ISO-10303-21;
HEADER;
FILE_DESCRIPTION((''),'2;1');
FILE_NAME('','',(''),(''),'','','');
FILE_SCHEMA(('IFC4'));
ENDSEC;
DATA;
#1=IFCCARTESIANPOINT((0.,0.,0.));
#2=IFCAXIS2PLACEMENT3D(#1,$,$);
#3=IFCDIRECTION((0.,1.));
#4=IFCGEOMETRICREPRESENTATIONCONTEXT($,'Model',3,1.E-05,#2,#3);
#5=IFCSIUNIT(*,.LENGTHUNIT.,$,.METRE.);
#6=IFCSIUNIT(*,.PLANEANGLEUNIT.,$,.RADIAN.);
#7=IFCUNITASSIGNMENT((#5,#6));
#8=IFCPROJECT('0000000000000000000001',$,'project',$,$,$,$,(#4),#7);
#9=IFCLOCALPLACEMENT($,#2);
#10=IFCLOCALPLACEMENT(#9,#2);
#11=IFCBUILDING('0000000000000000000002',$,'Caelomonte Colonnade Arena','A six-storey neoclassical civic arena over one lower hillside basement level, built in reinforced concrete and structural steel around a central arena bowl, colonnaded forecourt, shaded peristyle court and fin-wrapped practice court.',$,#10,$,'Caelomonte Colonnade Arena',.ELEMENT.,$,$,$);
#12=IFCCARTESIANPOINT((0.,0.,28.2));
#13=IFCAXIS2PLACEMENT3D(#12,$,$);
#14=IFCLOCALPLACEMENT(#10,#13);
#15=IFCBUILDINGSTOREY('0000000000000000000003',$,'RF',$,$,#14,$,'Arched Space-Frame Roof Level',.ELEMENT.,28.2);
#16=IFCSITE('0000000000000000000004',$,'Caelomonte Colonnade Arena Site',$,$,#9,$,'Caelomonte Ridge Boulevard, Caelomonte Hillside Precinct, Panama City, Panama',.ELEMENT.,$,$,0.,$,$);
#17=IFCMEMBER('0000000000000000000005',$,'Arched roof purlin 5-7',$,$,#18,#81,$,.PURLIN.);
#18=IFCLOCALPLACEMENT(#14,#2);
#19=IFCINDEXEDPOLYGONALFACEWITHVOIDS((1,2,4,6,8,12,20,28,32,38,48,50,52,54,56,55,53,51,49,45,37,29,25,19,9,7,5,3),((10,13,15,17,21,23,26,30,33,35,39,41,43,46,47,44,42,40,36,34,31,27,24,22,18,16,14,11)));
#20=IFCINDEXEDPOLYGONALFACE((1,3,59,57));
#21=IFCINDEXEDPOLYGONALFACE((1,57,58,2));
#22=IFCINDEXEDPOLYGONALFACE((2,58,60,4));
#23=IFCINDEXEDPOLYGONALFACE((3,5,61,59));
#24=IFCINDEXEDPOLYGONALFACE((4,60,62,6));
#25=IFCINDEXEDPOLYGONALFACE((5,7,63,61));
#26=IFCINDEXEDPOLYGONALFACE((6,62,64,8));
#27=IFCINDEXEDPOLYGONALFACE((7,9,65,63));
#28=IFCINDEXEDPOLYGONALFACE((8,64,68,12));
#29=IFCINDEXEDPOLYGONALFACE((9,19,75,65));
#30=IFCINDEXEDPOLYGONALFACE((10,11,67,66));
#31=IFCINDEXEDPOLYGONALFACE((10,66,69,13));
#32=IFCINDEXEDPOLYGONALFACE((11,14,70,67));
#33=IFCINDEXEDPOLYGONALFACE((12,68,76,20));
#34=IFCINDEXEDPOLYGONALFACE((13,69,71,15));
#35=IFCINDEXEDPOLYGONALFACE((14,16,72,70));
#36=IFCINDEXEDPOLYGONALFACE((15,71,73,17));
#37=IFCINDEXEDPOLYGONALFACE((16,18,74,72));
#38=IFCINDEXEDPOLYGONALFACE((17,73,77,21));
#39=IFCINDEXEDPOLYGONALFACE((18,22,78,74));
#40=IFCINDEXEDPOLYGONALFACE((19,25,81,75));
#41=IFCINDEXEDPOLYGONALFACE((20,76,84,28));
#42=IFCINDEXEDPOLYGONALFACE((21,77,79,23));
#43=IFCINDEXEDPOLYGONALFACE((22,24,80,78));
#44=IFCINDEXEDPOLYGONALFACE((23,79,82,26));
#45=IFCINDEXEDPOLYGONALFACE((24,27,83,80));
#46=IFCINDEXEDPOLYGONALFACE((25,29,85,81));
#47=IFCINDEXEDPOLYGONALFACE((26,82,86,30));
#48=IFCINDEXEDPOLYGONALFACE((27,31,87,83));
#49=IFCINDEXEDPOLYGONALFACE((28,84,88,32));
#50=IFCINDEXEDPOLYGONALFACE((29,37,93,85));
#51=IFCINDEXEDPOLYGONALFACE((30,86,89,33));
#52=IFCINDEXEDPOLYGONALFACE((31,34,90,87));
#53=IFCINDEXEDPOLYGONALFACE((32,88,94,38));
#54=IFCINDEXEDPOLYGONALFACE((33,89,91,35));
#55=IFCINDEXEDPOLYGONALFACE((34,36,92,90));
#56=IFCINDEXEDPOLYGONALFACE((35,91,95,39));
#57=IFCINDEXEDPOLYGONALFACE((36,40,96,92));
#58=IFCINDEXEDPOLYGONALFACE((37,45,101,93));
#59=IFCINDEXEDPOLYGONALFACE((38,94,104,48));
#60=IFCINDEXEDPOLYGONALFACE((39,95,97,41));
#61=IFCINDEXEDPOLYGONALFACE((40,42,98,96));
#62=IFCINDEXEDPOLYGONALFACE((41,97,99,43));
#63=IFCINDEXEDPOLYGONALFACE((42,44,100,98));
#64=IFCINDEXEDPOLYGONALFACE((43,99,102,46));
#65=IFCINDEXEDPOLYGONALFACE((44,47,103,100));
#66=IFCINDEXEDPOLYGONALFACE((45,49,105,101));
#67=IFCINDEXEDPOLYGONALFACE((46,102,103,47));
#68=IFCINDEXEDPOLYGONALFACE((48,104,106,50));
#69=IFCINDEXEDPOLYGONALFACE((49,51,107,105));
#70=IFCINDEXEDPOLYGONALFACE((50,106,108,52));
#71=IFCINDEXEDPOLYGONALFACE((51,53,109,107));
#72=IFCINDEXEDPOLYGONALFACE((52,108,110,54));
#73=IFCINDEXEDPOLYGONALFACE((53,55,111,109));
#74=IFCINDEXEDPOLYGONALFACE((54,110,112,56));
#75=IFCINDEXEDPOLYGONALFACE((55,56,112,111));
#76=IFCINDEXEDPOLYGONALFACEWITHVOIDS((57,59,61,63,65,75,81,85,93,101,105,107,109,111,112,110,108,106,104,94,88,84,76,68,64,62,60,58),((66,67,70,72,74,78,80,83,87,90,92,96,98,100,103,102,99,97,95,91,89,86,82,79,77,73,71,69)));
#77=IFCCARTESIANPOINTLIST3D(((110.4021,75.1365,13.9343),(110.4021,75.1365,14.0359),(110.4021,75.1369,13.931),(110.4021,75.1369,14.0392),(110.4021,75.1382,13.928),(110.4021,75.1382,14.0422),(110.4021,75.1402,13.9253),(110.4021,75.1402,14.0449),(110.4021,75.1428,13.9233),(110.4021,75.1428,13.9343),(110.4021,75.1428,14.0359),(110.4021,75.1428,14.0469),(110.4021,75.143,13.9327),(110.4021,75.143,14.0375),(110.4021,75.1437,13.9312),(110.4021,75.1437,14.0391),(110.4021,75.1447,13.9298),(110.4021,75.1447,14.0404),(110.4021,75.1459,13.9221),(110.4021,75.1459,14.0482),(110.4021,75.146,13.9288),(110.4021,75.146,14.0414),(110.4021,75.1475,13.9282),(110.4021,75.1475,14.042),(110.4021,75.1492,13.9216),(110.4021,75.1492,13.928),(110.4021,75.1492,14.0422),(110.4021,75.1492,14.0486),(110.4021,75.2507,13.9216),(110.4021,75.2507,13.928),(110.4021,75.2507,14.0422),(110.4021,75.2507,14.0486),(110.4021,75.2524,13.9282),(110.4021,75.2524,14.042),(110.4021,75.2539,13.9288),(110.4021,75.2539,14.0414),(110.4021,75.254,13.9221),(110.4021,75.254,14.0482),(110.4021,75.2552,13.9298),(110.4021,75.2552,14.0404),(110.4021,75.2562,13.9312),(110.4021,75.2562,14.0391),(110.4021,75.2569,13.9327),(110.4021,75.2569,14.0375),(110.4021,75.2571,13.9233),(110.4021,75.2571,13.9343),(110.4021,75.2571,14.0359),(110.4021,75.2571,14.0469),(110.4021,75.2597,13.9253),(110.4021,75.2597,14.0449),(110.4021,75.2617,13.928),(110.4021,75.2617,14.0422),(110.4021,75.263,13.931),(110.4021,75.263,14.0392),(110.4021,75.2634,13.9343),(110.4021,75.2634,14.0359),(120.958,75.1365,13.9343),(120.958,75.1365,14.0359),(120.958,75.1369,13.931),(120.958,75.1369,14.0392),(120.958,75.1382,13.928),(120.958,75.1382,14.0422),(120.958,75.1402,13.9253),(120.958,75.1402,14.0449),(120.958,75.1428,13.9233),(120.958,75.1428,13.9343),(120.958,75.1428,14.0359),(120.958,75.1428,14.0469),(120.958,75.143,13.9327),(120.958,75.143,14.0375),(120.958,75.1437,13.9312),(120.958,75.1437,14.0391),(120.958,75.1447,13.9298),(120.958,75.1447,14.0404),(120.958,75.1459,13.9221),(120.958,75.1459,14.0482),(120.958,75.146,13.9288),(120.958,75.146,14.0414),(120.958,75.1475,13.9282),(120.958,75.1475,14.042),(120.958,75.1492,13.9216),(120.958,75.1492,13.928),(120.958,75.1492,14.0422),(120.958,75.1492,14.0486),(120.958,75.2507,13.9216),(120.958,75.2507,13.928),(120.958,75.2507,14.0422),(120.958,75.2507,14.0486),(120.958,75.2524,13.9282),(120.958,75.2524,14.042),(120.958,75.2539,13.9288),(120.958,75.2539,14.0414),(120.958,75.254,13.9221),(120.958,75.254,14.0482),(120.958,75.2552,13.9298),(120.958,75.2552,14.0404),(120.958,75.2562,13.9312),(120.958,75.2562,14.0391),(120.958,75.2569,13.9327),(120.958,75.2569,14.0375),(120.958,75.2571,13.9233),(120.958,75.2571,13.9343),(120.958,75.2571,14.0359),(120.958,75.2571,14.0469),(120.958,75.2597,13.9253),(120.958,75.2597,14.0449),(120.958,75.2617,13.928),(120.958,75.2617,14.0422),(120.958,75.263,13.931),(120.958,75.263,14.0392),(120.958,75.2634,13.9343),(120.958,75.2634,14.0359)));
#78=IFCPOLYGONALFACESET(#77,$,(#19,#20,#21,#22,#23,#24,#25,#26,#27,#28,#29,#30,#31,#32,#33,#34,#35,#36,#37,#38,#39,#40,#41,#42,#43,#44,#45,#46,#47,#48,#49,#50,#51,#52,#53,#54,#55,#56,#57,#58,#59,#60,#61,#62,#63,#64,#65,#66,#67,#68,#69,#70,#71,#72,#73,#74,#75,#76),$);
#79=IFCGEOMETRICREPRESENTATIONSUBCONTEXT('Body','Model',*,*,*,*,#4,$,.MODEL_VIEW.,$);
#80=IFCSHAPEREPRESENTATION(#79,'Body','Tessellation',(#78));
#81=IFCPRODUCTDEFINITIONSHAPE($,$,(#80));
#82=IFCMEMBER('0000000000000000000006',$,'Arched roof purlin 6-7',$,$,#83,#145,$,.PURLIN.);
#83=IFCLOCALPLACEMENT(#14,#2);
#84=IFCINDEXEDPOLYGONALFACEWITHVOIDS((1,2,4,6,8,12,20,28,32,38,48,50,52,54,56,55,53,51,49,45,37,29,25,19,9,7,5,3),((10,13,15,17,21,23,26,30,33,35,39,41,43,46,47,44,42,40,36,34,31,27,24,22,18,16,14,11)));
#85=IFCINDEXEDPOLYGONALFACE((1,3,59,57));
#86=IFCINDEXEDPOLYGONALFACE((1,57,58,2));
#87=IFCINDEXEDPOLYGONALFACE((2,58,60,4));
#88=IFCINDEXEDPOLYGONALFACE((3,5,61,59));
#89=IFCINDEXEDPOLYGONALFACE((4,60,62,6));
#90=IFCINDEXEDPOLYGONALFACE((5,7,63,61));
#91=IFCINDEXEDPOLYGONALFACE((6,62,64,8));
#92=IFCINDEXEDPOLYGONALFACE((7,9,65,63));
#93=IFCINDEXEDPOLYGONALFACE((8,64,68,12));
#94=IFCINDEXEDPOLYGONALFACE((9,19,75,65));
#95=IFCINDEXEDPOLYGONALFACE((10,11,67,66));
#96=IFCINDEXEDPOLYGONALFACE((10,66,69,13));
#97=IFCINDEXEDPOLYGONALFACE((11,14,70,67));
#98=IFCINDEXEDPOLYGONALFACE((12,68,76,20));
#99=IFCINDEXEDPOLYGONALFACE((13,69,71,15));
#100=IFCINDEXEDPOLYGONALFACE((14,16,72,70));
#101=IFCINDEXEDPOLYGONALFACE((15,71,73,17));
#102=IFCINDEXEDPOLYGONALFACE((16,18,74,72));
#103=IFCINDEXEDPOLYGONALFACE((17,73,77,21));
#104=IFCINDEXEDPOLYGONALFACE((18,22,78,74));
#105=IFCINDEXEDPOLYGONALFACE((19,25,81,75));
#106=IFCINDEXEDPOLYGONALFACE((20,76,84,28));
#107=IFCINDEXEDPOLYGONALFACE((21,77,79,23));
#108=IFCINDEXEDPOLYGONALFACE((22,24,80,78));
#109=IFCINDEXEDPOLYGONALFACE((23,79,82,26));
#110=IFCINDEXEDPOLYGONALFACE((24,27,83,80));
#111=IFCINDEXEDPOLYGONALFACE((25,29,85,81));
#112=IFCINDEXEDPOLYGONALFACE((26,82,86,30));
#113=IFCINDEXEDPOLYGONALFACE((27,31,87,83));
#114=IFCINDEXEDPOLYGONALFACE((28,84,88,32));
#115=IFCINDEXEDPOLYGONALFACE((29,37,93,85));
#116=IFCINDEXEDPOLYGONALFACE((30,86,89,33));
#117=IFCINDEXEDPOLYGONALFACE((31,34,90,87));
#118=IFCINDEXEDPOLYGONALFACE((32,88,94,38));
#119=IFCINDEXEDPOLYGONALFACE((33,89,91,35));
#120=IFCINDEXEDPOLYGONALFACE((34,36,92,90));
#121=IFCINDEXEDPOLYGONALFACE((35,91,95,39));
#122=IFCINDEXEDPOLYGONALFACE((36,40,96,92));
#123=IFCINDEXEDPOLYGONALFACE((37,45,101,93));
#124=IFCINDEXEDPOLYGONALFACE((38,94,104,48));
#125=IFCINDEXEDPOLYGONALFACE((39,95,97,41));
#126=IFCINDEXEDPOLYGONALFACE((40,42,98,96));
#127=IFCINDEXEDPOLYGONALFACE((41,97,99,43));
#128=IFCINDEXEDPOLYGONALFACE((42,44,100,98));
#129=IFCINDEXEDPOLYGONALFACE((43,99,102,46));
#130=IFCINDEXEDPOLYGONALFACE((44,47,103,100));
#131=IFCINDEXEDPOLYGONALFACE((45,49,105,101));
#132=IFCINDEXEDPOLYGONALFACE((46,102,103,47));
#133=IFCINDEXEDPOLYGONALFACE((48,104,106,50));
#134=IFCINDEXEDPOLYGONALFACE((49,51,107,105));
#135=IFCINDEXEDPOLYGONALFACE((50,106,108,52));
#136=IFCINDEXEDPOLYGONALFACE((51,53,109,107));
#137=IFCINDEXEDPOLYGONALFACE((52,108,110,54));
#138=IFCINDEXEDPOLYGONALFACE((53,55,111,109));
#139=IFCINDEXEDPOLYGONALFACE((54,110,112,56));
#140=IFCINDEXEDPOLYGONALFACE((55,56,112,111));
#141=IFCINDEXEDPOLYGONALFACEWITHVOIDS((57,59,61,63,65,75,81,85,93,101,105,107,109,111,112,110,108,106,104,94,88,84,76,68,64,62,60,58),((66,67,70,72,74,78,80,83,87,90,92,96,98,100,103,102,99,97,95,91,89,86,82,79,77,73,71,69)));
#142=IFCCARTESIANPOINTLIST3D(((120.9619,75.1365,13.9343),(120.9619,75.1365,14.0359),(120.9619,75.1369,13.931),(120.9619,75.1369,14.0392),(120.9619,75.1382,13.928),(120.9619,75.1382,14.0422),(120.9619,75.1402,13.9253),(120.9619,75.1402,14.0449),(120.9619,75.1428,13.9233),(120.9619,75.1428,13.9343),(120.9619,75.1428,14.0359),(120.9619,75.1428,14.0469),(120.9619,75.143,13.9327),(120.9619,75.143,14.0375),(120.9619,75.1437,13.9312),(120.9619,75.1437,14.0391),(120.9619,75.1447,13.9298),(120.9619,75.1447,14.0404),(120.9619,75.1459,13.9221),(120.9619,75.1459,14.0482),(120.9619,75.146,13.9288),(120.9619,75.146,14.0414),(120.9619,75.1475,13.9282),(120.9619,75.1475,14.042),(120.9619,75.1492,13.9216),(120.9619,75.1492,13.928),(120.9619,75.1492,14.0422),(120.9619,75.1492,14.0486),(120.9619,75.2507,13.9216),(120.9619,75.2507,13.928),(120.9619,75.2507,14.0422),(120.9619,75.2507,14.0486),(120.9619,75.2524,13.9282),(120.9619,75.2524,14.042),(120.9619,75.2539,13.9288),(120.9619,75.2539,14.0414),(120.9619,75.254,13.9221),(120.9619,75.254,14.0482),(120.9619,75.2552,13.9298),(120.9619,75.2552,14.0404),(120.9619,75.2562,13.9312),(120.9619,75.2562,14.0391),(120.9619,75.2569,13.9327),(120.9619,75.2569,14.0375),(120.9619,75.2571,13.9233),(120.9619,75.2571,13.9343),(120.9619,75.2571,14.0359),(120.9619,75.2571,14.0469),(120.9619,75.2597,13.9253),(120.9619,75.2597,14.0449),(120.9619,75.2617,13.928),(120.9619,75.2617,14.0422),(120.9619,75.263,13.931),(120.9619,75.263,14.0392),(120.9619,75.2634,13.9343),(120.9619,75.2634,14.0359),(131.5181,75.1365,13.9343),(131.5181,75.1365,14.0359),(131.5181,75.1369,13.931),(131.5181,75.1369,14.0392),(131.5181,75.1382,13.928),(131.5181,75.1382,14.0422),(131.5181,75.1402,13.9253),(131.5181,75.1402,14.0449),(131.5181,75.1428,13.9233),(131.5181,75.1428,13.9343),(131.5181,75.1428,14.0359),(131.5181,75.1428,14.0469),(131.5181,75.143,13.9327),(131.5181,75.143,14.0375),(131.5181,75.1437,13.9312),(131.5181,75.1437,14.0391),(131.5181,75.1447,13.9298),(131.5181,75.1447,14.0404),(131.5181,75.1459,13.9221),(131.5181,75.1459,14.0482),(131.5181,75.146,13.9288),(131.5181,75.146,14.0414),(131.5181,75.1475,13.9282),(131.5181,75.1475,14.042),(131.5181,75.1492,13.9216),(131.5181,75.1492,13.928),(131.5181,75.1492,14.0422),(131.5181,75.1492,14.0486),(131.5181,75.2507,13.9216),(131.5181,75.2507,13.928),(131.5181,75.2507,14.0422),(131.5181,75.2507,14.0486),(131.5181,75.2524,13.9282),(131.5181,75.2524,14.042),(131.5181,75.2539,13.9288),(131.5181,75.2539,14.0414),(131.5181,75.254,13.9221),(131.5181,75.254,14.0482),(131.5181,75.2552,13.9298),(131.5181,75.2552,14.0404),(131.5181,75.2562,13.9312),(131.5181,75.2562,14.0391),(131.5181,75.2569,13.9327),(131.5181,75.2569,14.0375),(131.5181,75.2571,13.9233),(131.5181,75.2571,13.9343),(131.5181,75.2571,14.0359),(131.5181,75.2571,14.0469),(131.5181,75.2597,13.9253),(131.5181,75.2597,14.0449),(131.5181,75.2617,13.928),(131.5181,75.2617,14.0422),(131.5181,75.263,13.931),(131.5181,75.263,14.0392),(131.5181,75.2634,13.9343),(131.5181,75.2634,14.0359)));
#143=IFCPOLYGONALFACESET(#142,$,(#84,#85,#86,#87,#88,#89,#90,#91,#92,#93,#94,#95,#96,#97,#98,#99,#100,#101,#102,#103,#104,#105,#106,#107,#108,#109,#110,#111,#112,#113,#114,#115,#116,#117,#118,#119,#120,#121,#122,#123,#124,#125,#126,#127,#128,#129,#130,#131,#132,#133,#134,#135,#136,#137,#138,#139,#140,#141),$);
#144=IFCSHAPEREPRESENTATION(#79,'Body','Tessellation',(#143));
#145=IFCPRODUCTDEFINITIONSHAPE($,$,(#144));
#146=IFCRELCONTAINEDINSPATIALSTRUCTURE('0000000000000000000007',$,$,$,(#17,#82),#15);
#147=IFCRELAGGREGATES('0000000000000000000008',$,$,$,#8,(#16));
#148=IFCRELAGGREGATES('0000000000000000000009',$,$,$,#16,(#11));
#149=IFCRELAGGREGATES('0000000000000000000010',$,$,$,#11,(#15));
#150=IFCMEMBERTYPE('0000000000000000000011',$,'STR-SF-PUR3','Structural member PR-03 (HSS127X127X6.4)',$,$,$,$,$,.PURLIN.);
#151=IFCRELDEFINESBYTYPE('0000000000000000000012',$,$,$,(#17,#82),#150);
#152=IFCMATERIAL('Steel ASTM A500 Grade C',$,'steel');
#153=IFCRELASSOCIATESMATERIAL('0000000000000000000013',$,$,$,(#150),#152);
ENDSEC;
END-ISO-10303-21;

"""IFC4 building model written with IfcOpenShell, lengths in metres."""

from ifc_helpers import new_model, si_unit, direction, frame, origin, origin_2d, place, context, subcontext, project, spatial, hollow_rectangle, extrude, material, material_profile, profile_set, type_object, element, save


model = new_model("IFC4")

# Units and contexts
model_context = context("Model", 3, precision=1e-05, world=origin(), true_north=direction((0.0, 1.0)))
body_context = subcontext(model_context, "Body", "Model", "MODEL_VIEW")
ifc_project = project(units=[si_unit("LENGTHUNIT", "METRE"), si_unit("PLANEANGLEUNIT", "RADIAN")], contexts=[model_context])

# Site, building, storey
site_placement = place(None, origin())
site = spatial("IfcSite", under=ifc_project, at=site_placement, Name="Caelomonte Colonnade Arena Site", LongName="Caelomonte Ridge Boulevard, Caelomonte Hillside Precinct, Panama City, Panama", CompositionType="ELEMENT", RefElevation=0.0)
building_placement = place(site_placement, origin())
building = spatial("IfcBuilding", under=site, at=building_placement, Name="Caelomonte Colonnade Arena", Description="A six-storey neoclassical civic arena over one lower hillside basement level, built in reinforced concrete and structural steel around a central arena bowl, colonnaded forecourt, shaded peristyle court and fin-wrapped practice court.", LongName="Caelomonte Colonnade Arena", CompositionType="ELEMENT")
storey_placement = place(building_placement, frame((0.0, 0.0, 28.2)))
storey = spatial("IfcBuildingStorey", under=building, at=storey_placement, Name="RF", LongName="Arched Space-Frame Roof Level", CompositionType="ELEMENT", Elevation=28.2)

# Members
ifc_material_1 = material(Name="Steel ASTM A500 Grade C", Category="steel")
ifc_material_profile_1 = material_profile(ifc_material_1, hollow_rectangle(XDim=0.127, YDim=0.127, WallThickness=0.0063, InnerFilletRadius=0.0063, OuterFilletRadius=0.0127, at=origin_2d()), Name="HSS127X127X6.4")
ifc_profile_set_1 = profile_set([ifc_material_profile_1], Name="Steel ASTM A500 Grade C")
member_type_1 = type_object("IfcMemberType", Name="STR-SF-PUR3", Description="Structural member PR-03 (HSS127X127X6.4)", PredefinedType="PURLIN", material=ifc_profile_set_1)
member_1_placement = place(storey_placement, frame((110.4021, 75.2, 13.9851), z_axis=(1.0, 0.0, 0.0), x_axis=(0.0, 1.0, 0.0)))
element("IfcMember", 1, at=member_1_placement, inside=storey, type_object=member_type_1, Name="Arched roof purlin 5-7", PredefinedType="PURLIN", context=body_context, shape_type="SweptSolid", body=[
    extrude(hollow_rectangle(XDim=0.127, YDim=0.127, WallThickness=0.0063, InnerFilletRadius=0.0063, OuterFilletRadius=0.0127, at=origin_2d()), origin(), (0.0, 0.0, 1.0), 10.5559),
])
member_2_placement = place(storey_placement, frame((120.9619, 75.2, 13.9851), z_axis=(1.0, 0.0, 0.0), x_axis=(0.0, 1.0, 0.0)))
element("IfcMember", 2, at=member_2_placement, inside=storey, type_object=member_type_1, Name="Arched roof purlin 6-7", PredefinedType="PURLIN", context=body_context, shape_type="SweptSolid", body=[
    extrude(hollow_rectangle(XDim=0.127, YDim=0.127, WallThickness=0.0063, InnerFilletRadius=0.0063, OuterFilletRadius=0.0127, at=origin_2d()), origin(), (0.0, 0.0, 1.0), 10.5562),
])

save(model, "model.ifc")
